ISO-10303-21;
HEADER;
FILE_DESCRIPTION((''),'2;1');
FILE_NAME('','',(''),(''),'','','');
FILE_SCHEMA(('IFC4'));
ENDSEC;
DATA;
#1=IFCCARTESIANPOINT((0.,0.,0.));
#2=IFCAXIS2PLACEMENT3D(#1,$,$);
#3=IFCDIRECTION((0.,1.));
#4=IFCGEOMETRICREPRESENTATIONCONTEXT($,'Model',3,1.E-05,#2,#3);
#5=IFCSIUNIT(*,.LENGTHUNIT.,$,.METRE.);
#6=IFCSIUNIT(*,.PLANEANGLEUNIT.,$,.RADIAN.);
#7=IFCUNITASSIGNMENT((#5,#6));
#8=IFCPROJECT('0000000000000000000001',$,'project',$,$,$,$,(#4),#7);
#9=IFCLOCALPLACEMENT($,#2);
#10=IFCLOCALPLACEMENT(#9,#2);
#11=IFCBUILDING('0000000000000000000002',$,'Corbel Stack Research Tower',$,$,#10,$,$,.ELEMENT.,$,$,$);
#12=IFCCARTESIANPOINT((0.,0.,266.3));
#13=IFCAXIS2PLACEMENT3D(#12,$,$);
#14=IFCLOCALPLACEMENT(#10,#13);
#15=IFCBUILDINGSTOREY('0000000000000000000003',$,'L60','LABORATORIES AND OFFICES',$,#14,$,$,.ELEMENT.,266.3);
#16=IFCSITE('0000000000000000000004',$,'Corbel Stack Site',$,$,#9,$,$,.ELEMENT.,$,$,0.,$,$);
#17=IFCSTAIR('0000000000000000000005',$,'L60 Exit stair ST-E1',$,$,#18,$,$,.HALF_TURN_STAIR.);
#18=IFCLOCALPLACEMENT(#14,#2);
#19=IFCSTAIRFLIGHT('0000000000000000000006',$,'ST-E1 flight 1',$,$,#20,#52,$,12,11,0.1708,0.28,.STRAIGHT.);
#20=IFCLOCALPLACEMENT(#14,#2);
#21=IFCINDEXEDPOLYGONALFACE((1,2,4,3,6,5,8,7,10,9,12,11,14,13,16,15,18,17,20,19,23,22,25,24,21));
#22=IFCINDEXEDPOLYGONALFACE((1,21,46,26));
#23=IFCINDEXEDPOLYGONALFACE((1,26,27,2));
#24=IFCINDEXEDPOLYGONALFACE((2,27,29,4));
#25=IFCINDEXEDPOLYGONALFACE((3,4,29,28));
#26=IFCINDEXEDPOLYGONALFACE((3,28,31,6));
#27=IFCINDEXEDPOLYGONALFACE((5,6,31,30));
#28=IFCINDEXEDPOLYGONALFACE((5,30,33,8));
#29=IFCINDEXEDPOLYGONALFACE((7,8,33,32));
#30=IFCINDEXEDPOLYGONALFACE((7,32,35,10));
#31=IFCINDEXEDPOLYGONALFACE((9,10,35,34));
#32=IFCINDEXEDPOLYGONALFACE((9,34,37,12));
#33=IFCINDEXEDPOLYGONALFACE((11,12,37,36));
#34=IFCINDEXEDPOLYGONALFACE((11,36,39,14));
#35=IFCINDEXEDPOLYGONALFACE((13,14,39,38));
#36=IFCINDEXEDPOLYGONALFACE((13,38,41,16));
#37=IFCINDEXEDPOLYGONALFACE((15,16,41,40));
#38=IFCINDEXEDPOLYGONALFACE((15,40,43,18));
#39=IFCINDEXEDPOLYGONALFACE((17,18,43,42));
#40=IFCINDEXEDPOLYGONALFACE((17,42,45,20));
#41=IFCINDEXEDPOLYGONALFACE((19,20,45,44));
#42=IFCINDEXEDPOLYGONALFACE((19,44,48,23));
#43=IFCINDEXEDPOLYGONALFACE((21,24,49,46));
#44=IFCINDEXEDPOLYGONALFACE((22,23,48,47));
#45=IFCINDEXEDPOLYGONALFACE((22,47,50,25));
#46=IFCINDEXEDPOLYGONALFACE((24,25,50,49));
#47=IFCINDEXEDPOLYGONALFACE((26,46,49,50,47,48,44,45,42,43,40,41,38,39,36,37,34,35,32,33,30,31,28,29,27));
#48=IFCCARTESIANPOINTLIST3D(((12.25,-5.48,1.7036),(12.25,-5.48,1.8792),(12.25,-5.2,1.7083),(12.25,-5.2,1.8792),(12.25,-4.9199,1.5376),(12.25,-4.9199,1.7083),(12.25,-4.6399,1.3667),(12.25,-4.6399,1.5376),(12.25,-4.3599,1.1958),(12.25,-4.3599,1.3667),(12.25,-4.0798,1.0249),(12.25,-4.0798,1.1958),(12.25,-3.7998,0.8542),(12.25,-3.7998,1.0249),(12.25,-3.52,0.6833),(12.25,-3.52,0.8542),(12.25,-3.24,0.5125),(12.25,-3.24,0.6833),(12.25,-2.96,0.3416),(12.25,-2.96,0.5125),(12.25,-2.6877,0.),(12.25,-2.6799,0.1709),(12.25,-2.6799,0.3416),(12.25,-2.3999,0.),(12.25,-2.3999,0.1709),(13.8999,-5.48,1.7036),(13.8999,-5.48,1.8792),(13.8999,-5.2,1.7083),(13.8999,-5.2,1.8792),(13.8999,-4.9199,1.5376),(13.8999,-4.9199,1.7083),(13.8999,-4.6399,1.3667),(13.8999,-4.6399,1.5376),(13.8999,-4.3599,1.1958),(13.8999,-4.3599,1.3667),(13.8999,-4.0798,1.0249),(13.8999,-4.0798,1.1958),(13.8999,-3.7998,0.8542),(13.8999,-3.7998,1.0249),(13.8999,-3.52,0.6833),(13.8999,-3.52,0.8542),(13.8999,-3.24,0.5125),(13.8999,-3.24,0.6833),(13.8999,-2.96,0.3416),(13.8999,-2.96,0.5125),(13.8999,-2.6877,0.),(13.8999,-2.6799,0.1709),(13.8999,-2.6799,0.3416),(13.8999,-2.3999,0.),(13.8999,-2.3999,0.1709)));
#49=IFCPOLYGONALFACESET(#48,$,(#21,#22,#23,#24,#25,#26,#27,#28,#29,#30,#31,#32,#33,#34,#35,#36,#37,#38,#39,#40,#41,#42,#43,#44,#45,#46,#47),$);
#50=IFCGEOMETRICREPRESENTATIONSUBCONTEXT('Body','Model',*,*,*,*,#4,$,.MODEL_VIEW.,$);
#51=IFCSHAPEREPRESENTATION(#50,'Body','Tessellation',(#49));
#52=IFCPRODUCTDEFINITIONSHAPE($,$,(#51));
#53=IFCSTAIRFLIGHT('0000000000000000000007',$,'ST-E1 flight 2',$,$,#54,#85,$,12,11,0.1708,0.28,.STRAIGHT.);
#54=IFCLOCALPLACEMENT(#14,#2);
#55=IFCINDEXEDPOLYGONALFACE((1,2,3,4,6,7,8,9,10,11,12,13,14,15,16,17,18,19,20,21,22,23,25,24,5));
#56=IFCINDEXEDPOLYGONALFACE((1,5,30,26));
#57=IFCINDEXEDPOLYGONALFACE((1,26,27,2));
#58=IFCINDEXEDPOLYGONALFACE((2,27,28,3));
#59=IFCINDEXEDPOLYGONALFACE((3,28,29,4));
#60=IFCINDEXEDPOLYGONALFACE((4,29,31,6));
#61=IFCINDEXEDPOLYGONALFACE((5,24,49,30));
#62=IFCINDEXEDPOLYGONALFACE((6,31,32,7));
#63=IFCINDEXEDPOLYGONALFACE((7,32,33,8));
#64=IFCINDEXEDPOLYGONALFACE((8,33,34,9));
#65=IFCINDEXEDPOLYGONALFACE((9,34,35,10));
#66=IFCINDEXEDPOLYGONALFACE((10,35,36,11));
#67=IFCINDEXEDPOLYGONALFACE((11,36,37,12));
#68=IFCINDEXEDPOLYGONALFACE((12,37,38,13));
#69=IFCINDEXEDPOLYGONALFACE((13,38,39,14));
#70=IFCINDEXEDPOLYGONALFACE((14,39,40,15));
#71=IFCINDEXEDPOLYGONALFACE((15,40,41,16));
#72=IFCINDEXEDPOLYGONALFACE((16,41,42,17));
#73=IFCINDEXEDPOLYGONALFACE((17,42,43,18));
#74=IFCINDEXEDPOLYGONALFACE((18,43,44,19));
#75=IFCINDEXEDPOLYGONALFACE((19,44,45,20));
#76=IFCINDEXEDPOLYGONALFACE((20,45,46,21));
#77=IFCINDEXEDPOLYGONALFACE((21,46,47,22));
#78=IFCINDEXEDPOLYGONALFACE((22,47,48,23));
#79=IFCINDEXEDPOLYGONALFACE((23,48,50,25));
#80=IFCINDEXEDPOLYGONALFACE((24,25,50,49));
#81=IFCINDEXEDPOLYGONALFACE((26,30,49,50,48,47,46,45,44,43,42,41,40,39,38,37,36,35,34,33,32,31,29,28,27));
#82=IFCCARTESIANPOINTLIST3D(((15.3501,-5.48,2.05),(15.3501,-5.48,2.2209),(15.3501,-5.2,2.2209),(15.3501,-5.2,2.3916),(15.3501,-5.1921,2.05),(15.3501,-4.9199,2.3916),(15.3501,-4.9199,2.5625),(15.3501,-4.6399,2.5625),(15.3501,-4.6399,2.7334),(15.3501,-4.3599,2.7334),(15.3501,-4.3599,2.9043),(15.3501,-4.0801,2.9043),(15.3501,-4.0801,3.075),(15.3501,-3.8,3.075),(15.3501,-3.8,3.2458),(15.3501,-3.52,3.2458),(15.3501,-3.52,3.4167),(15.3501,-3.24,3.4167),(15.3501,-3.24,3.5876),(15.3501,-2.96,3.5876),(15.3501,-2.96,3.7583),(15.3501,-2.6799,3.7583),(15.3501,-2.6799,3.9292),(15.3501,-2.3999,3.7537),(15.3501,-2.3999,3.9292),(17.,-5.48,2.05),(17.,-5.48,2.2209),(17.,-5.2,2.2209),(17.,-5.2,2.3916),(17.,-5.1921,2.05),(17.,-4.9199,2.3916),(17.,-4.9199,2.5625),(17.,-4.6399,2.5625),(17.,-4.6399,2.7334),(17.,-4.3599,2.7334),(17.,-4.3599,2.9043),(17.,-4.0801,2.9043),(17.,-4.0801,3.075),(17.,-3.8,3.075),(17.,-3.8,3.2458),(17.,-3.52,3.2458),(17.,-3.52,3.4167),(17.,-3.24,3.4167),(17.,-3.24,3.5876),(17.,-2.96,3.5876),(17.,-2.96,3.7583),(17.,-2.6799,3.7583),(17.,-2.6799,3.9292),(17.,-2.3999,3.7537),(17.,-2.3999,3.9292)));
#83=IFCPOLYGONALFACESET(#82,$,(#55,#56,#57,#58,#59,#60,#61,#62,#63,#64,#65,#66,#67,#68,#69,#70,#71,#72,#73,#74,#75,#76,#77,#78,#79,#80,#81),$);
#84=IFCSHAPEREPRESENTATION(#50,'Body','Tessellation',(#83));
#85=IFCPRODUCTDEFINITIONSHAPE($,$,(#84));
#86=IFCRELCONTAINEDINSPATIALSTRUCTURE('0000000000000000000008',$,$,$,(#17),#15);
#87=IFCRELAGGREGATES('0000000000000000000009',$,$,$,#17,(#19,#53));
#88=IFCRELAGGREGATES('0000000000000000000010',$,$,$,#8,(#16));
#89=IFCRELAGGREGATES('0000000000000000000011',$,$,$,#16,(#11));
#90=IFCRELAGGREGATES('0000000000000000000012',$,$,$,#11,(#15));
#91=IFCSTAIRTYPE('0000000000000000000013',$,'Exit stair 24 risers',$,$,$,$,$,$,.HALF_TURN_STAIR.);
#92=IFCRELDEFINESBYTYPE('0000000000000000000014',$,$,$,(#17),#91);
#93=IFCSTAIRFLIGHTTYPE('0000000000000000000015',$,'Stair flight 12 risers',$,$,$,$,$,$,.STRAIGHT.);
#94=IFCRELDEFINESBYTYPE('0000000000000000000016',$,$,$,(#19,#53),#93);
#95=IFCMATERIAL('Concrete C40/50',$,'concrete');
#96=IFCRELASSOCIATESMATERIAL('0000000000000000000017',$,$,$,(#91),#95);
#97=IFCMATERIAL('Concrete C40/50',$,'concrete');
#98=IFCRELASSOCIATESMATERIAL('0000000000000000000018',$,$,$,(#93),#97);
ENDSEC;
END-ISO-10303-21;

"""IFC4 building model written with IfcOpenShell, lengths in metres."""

from ifc_helpers import new_model, si_unit, direction, frame, origin, place, context, subcontext, project, spatial, polyline, outline, extrude, material, type_object, element, aggregate, save


model = new_model("IFC4")

# Units and contexts
model_context = context("Model", 3, precision=1e-05, world=origin(), true_north=direction((0.0, 1.0)))
body_context = subcontext(model_context, "Body", "Model", "MODEL_VIEW")
ifc_project = project(units=[si_unit("LENGTHUNIT", "METRE"), si_unit("PLANEANGLEUNIT", "RADIAN")], contexts=[model_context])

# Site, building, storey
site_placement = place(None, origin())
site = spatial("IfcSite", under=ifc_project, at=site_placement, Name="Corbel Stack Site", CompositionType="ELEMENT", RefElevation=0.0)
building_placement = place(site_placement, origin())
building = spatial("IfcBuilding", under=site, at=building_placement, Name="Corbel Stack Research Tower", CompositionType="ELEMENT")
storey_placement = place(building_placement, frame((0.0, 0.0, 266.3)))
storey = spatial("IfcBuildingStorey", under=building, at=storey_placement, Name="L60", Description="LABORATORIES AND OFFICES", CompositionType="ELEMENT", Elevation=266.3)

# Stair, stair flights
ifc_material_1 = material(Name="Concrete C40/50", Category="concrete")
stair_type = type_object("IfcStairType", Name="Exit stair 24 risers", PredefinedType="HALF_TURN_STAIR", material=ifc_material_1)
stair_placement = place(storey_placement, origin())
stair = element("IfcStair", 1, at=stair_placement, inside=storey, type_object=stair_type, Name="L60 Exit stair ST-E1", PredefinedType="HALF_TURN_STAIR")
ifc_material_2 = material(Name="Concrete C40/50", Category="concrete")
stair_flight_type = type_object("IfcStairFlightType", Name="Stair flight 12 risers", PredefinedType="STRAIGHT", material=ifc_material_2)
stair_flight_1_placement = place(storey_placement, frame((13.075, -2.3999, 0.0), z_axis=(0.0, 0.0, 1.0), x_axis=(0.0, -1.0, 0.0)))
stair_flight_1 = element("IfcStairFlight", 2, at=stair_flight_1_placement, type_object=stair_flight_type, Name="ST-E1 flight 1", NumberOfRisers=12, NumberOfTreads=11, PredefinedType="STRAIGHT", RiserHeight=0.1708, TreadLength=0.28, context=body_context, shape_type="SweptSolid", body=[
    extrude(outline(polyline([(0.0, 0.0), (0.0, 0.1709), (0.28, 0.1709), (0.28, 0.3416), (0.5601, 0.3416), (0.5601, 0.5125), (0.8401, 0.5125), (0.8401, 0.6833), (1.1201, 0.6833), (1.1201, 0.8542), (1.3999, 0.8542), (1.3999, 1.0249), (1.6799, 1.0249), (1.6799, 1.1958), (1.96, 1.1958), (1.96, 1.3667), (2.24, 1.3667), (2.24, 1.5376), (2.52, 1.5376), (2.52, 1.7083), (2.8, 1.7083), (2.8, 1.8792), (3.0801, 1.8792), (3.0801, 2.05), (3.0801, 1.7036), (0.2878, 0.0), (0.0, 0.0)])), frame((0.0, 0.825, 0.0), z_axis=(0.0, -1.0, 0.0), x_axis=(1.0, 0.0, 0.0)), (0.0, 0.0, 1.0), 1.6499),
])
stair_flight_2_placement = place(storey_placement, frame((16.175, -5.48, 2.05), z_axis=(0.0, 0.0, 1.0), x_axis=(0.0, 1.0, 0.0)))
stair_flight_2 = element("IfcStairFlight", 3, at=stair_flight_2_placement, type_object=stair_flight_type, Name="ST-E1 flight 2", NumberOfRisers=12, NumberOfTreads=11, PredefinedType="STRAIGHT", RiserHeight=0.1708, TreadLength=0.28, context=body_context, shape_type="SweptSolid", body=[
    extrude(outline(polyline([(0.0, 0.0), (0.0, 0.1709), (0.28, 0.1709), (0.28, 0.3416), (0.5601, 0.3416), (0.5601, 0.5125), (0.8401, 0.5125), (0.8401, 0.6833), (1.1201, 0.6833), (1.1201, 0.8542), (1.3999, 0.8542), (1.3999, 1.0249), (1.6799, 1.0249), (1.6799, 1.1958), (1.96, 1.1958), (1.96, 1.3667), (2.24, 1.3667), (2.24, 1.5376), (2.52, 1.5376), (2.52, 1.7083), (2.8, 1.7083), (2.8, 1.8792), (3.0801, 1.8792), (3.0801, 2.05), (3.0801, 1.7036), (0.2878, 0.0), (0.0, 0.0)])), frame((0.0, 0.825, 0.0), z_axis=(0.0, -1.0, 0.0), x_axis=(1.0, 0.0, 0.0)), (0.0, 0.0, 1.0), 1.6499),
])
aggregate(stair, [stair_flight_1, stair_flight_2])

save(model, "model.ifc")
